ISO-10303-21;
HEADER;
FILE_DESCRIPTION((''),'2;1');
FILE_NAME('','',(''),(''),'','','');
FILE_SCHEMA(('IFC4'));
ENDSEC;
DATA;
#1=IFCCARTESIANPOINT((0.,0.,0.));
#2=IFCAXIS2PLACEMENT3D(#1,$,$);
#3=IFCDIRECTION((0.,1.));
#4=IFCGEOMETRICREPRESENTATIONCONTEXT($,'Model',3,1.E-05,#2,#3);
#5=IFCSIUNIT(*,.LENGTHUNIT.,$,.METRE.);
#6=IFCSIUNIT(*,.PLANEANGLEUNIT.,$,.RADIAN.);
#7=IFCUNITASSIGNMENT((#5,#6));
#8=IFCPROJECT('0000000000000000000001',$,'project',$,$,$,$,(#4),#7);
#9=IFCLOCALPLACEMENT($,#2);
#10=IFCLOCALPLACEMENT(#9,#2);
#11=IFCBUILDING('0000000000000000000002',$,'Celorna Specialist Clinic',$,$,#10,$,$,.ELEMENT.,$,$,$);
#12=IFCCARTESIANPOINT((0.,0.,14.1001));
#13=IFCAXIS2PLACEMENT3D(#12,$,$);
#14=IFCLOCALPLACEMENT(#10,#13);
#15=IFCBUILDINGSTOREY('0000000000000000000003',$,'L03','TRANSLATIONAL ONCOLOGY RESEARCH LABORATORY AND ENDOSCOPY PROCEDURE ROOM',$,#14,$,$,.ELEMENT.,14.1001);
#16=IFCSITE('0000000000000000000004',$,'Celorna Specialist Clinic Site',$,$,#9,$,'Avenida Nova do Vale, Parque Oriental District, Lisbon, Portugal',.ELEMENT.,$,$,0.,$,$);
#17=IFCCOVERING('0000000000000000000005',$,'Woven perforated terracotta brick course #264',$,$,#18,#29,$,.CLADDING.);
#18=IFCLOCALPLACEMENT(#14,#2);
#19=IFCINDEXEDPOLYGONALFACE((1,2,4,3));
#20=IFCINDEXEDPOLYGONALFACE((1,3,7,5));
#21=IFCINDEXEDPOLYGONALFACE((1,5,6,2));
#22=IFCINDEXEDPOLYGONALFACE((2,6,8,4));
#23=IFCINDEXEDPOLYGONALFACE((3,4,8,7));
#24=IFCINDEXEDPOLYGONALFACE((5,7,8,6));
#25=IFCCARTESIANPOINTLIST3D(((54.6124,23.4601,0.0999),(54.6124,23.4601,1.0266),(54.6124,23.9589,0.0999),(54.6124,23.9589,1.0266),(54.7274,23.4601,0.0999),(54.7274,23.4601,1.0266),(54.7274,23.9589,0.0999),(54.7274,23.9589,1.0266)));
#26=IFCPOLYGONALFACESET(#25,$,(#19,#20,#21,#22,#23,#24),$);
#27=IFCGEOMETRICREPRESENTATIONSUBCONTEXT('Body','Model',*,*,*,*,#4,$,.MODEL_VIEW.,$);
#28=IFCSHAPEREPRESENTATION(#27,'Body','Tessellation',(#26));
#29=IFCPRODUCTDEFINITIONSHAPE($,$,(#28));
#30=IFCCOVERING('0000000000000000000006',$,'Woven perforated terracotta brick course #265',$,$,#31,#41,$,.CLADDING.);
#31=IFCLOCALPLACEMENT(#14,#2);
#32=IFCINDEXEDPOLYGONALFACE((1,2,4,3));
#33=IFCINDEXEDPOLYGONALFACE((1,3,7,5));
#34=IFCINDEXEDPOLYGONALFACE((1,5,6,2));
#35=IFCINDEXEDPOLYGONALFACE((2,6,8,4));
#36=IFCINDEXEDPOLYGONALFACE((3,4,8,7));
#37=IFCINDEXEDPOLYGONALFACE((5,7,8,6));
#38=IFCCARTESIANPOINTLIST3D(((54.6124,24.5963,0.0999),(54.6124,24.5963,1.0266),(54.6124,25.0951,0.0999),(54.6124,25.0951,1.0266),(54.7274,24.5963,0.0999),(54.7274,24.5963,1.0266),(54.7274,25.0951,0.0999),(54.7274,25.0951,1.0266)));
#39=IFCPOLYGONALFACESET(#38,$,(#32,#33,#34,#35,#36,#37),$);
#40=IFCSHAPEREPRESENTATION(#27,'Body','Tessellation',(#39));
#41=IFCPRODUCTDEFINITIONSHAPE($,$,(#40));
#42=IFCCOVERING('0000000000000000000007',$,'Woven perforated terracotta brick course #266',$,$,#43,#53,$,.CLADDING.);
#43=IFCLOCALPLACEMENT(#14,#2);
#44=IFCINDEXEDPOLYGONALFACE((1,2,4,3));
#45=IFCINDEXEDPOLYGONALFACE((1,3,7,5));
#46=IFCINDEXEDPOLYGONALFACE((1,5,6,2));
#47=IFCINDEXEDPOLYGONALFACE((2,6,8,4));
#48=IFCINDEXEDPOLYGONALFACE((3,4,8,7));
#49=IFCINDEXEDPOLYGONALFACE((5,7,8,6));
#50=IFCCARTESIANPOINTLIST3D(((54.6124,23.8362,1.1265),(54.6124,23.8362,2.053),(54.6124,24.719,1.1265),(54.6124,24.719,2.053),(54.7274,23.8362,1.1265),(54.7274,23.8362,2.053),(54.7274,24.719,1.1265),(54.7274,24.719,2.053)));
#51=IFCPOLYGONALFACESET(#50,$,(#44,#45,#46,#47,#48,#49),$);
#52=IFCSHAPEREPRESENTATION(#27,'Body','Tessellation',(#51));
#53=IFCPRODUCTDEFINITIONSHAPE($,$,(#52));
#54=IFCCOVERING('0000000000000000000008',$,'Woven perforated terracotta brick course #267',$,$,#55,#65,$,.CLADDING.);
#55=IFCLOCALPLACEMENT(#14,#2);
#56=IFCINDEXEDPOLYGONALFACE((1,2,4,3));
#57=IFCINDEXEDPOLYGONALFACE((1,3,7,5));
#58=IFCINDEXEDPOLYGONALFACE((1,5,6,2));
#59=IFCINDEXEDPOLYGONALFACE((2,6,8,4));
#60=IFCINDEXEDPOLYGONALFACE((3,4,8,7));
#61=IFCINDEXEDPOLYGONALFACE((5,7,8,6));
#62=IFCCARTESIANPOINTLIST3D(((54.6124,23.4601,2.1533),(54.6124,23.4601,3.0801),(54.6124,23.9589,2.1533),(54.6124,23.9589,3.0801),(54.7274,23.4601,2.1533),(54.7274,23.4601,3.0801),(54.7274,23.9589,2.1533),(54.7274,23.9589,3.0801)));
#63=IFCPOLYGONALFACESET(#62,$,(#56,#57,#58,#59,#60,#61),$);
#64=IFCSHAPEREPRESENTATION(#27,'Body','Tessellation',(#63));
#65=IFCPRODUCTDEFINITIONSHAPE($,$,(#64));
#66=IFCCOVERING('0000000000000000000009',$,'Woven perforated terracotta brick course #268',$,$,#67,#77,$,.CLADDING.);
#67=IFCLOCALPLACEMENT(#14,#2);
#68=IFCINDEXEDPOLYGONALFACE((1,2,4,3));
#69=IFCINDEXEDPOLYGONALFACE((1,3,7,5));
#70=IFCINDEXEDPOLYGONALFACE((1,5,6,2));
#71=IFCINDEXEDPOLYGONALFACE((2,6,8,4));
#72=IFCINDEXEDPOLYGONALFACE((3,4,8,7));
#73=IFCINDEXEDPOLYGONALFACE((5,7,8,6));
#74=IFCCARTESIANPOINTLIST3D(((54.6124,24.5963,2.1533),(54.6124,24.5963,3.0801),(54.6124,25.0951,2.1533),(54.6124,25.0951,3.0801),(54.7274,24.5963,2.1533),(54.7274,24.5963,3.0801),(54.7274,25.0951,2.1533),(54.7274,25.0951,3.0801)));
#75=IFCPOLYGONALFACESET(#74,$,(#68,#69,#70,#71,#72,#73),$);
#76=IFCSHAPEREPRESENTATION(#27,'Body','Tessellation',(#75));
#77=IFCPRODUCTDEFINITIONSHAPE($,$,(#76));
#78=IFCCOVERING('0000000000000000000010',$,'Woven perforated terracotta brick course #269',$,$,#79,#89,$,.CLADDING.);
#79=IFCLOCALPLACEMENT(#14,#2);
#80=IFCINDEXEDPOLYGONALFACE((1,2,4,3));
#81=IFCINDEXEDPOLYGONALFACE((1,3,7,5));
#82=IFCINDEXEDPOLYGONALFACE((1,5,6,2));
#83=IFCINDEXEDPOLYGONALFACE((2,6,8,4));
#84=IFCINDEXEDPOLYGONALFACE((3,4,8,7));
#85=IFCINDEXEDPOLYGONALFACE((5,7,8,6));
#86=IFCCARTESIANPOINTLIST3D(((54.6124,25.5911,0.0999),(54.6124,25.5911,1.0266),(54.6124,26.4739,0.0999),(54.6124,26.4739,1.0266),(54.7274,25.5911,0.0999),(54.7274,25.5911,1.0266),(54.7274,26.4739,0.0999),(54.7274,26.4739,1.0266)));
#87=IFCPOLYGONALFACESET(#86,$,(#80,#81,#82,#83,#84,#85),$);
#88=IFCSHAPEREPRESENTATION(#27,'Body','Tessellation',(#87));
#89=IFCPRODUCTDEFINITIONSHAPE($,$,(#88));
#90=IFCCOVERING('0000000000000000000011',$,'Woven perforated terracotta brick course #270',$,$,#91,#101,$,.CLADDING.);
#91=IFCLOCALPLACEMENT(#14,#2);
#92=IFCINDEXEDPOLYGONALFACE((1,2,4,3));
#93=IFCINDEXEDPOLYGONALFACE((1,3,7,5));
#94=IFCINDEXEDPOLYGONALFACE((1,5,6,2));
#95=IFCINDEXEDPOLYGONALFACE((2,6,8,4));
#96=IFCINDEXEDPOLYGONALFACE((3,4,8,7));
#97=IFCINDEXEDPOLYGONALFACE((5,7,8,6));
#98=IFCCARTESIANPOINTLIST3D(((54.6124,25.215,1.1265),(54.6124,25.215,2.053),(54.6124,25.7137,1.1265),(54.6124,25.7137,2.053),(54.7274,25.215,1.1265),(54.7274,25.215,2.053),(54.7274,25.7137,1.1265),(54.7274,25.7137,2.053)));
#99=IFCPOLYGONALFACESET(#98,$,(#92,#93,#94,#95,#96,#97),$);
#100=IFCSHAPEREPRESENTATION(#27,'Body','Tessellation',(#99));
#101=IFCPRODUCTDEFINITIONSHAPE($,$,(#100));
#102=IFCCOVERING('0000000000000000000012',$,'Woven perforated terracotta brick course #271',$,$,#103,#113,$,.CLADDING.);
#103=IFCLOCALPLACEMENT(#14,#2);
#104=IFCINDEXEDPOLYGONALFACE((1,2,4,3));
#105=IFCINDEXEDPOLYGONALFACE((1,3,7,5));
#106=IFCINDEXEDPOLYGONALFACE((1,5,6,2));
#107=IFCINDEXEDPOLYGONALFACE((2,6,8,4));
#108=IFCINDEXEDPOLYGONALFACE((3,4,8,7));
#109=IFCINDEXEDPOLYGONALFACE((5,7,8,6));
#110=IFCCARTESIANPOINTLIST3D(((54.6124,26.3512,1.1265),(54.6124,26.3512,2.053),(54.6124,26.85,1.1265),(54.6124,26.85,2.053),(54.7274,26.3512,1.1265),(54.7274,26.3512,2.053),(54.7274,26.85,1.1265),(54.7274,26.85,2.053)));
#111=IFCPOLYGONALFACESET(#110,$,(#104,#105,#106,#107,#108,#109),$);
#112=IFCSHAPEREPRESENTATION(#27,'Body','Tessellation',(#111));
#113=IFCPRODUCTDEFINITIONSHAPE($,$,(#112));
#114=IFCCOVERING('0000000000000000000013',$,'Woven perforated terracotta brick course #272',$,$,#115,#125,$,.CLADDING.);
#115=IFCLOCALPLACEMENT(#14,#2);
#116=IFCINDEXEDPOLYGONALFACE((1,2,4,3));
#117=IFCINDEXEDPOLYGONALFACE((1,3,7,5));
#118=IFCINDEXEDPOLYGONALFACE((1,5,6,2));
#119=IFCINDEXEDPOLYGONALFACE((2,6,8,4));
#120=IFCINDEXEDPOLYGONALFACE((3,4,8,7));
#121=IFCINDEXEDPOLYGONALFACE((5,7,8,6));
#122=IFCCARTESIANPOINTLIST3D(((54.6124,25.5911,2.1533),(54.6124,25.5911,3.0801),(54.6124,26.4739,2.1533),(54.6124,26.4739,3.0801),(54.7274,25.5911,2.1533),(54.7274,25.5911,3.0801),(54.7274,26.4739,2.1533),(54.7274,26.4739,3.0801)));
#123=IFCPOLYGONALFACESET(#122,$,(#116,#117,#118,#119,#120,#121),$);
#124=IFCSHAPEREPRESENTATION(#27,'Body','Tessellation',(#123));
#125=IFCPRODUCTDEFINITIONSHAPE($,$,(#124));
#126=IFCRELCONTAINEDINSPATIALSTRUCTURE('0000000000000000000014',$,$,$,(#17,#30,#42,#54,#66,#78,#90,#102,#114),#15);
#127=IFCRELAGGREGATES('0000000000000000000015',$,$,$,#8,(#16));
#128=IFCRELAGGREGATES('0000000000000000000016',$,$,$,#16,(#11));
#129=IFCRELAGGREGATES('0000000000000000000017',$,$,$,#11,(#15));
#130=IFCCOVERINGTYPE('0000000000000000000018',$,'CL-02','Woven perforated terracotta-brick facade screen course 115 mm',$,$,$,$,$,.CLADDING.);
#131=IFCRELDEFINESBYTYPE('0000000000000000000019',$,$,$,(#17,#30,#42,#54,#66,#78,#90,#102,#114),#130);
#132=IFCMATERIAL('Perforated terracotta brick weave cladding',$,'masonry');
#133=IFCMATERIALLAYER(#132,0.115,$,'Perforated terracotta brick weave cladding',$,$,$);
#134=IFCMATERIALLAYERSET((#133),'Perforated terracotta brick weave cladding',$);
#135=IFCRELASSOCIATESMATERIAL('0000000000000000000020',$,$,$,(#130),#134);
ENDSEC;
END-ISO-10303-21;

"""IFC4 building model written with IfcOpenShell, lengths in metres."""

from ifc_helpers import new_model, si_unit, direction, frame, origin, origin_2d, place, context, subcontext, project, spatial, rectangle, extrude, material, layer, layer_set, type_object, element, save


model = new_model("IFC4")

# Units and contexts
model_context = context("Model", 3, precision=1e-05, world=origin(), true_north=direction((0.0, 1.0)))
body_context = subcontext(model_context, "Body", "Model", "MODEL_VIEW")
ifc_project = project(units=[si_unit("LENGTHUNIT", "METRE"), si_unit("PLANEANGLEUNIT", "RADIAN")], contexts=[model_context])

# Site, building, storey
site_placement = place(None, origin())
site = spatial("IfcSite", under=ifc_project, at=site_placement, Name="Celorna Specialist Clinic Site", LongName="Avenida Nova do Vale, Parque Oriental District, Lisbon, Portugal", CompositionType="ELEMENT", RefElevation=0.0)
building_placement = place(site_placement, origin())
building = spatial("IfcBuilding", under=site, at=building_placement, Name="Celorna Specialist Clinic", CompositionType="ELEMENT")
storey_placement = place(building_placement, frame((0.0, 0.0, 14.1001)))
storey = spatial("IfcBuildingStorey", under=building, at=storey_placement, Name="L03", Description="TRANSLATIONAL ONCOLOGY RESEARCH LABORATORY AND ENDOSCOPY PROCEDURE ROOM", CompositionType="ELEMENT", Elevation=14.1001)

# Coverings
ifc_material_1 = material(Name="Perforated terracotta brick weave cladding", Category="masonry")
ifc_layer_1 = layer(ifc_material_1, 0.115, Name="Perforated terracotta brick weave cladding")
ifc_layer_set_1 = layer_set([ifc_layer_1], Name="Perforated terracotta brick weave cladding")
covering_type = type_object("IfcCoveringType", Name="CL-02", Description="Woven perforated terracotta-brick facade screen course 115 mm", PredefinedType="CLADDING", material=ifc_layer_set_1)
for number, where, z_axis, x_axis, name in (
    (1, (54.6699, 23.7095, 0.0999), (0.0, 0.0, 1.0), (0.0, 1.0, 0.0), "Woven perforated terracotta brick course #264"),
    (2, (54.6699, 24.8457, 0.0999), (0.0, 0.0, 1.0), (0.0, 1.0, 0.0), "Woven perforated terracotta brick course #265"),
):
    element("IfcCovering", number, at=place(storey_placement, frame(where, z_axis=z_axis, x_axis=x_axis)), inside=storey, type_object=covering_type, Name=name, PredefinedType="CLADDING", context=body_context, shape_type="SweptSolid", body=[
        extrude(rectangle(XDim=0.4988, YDim=0.115, at=origin_2d()), origin(), (0.0, 0.0, 1.0), 0.9268),
    ])
covering_1_placement = place(storey_placement, frame((54.6699, 24.2776, 1.1265), z_axis=(0.0, 0.0, 1.0), x_axis=(0.0, 1.0, 0.0)))
element("IfcCovering", 3, at=covering_1_placement, inside=storey, type_object=covering_type, Name="Woven perforated terracotta brick course #266", PredefinedType="CLADDING", context=body_context, shape_type="SweptSolid", body=[
    extrude(rectangle(XDim=0.8828, YDim=0.115, at=origin_2d()), origin(), (0.0, 0.0, 1.0), 0.9265),
])
for number, where, z_axis, x_axis, name in (
    (4, (54.6699, 23.7095, 2.1533), (0.0, 0.0, 1.0), (0.0, 1.0, 0.0), "Woven perforated terracotta brick course #267"),
    (5, (54.6699, 24.8457, 2.1533), (0.0, 0.0, 1.0), (0.0, 1.0, 0.0), "Woven perforated terracotta brick course #268"),
):
    element("IfcCovering", number, at=place(storey_placement, frame(where, z_axis=z_axis, x_axis=x_axis)), inside=storey, type_object=covering_type, Name=name, PredefinedType="CLADDING", context=body_context, shape_type="SweptSolid", body=[
        extrude(rectangle(XDim=0.4988, YDim=0.115, at=origin_2d()), origin(), (0.0, 0.0, 1.0), 0.9268),
    ])
covering_2_placement = place(storey_placement, frame((54.6699, 26.0325, 0.0999), z_axis=(0.0, 0.0, 1.0), x_axis=(0.0, 1.0, 0.0)))
element("IfcCovering", 6, at=covering_2_placement, inside=storey, type_object=covering_type, Name="Woven perforated terracotta brick course #269", PredefinedType="CLADDING", context=body_context, shape_type="SweptSolid", body=[
    extrude(rectangle(XDim=0.8828, YDim=0.115, at=origin_2d()), origin(), (0.0, 0.0, 1.0), 0.9268),
])
for number, where, z_axis, x_axis, name in (
    (7, (54.6699, 25.4644, 1.1265), (0.0, 0.0, 1.0), (0.0, 1.0, 0.0), "Woven perforated terracotta brick course #270"),
    (8, (54.6699, 26.6006, 1.1265), (0.0, 0.0, 1.0), (0.0, 1.0, 0.0), "Woven perforated terracotta brick course #271"),
):
    element("IfcCovering", number, at=place(storey_placement, frame(where, z_axis=z_axis, x_axis=x_axis)), inside=storey, type_object=covering_type, Name=name, PredefinedType="CLADDING", context=body_context, shape_type="SweptSolid", body=[
        extrude(rectangle(XDim=0.4988, YDim=0.115, at=origin_2d()), origin(), (0.0, 0.0, 1.0), 0.9265),
    ])
covering_3_placement = place(storey_placement, frame((54.6699, 26.0325, 2.1533), z_axis=(0.0, 0.0, 1.0), x_axis=(0.0, 1.0, 0.0)))
element("IfcCovering", 9, at=covering_3_placement, inside=storey, type_object=covering_type, Name="Woven perforated terracotta brick course #272", PredefinedType="CLADDING", context=body_context, shape_type="SweptSolid", body=[
    extrude(rectangle(XDim=0.8828, YDim=0.115, at=origin_2d()), origin(), (0.0, 0.0, 1.0), 0.9268),
])

save(model, "model.ifc")
